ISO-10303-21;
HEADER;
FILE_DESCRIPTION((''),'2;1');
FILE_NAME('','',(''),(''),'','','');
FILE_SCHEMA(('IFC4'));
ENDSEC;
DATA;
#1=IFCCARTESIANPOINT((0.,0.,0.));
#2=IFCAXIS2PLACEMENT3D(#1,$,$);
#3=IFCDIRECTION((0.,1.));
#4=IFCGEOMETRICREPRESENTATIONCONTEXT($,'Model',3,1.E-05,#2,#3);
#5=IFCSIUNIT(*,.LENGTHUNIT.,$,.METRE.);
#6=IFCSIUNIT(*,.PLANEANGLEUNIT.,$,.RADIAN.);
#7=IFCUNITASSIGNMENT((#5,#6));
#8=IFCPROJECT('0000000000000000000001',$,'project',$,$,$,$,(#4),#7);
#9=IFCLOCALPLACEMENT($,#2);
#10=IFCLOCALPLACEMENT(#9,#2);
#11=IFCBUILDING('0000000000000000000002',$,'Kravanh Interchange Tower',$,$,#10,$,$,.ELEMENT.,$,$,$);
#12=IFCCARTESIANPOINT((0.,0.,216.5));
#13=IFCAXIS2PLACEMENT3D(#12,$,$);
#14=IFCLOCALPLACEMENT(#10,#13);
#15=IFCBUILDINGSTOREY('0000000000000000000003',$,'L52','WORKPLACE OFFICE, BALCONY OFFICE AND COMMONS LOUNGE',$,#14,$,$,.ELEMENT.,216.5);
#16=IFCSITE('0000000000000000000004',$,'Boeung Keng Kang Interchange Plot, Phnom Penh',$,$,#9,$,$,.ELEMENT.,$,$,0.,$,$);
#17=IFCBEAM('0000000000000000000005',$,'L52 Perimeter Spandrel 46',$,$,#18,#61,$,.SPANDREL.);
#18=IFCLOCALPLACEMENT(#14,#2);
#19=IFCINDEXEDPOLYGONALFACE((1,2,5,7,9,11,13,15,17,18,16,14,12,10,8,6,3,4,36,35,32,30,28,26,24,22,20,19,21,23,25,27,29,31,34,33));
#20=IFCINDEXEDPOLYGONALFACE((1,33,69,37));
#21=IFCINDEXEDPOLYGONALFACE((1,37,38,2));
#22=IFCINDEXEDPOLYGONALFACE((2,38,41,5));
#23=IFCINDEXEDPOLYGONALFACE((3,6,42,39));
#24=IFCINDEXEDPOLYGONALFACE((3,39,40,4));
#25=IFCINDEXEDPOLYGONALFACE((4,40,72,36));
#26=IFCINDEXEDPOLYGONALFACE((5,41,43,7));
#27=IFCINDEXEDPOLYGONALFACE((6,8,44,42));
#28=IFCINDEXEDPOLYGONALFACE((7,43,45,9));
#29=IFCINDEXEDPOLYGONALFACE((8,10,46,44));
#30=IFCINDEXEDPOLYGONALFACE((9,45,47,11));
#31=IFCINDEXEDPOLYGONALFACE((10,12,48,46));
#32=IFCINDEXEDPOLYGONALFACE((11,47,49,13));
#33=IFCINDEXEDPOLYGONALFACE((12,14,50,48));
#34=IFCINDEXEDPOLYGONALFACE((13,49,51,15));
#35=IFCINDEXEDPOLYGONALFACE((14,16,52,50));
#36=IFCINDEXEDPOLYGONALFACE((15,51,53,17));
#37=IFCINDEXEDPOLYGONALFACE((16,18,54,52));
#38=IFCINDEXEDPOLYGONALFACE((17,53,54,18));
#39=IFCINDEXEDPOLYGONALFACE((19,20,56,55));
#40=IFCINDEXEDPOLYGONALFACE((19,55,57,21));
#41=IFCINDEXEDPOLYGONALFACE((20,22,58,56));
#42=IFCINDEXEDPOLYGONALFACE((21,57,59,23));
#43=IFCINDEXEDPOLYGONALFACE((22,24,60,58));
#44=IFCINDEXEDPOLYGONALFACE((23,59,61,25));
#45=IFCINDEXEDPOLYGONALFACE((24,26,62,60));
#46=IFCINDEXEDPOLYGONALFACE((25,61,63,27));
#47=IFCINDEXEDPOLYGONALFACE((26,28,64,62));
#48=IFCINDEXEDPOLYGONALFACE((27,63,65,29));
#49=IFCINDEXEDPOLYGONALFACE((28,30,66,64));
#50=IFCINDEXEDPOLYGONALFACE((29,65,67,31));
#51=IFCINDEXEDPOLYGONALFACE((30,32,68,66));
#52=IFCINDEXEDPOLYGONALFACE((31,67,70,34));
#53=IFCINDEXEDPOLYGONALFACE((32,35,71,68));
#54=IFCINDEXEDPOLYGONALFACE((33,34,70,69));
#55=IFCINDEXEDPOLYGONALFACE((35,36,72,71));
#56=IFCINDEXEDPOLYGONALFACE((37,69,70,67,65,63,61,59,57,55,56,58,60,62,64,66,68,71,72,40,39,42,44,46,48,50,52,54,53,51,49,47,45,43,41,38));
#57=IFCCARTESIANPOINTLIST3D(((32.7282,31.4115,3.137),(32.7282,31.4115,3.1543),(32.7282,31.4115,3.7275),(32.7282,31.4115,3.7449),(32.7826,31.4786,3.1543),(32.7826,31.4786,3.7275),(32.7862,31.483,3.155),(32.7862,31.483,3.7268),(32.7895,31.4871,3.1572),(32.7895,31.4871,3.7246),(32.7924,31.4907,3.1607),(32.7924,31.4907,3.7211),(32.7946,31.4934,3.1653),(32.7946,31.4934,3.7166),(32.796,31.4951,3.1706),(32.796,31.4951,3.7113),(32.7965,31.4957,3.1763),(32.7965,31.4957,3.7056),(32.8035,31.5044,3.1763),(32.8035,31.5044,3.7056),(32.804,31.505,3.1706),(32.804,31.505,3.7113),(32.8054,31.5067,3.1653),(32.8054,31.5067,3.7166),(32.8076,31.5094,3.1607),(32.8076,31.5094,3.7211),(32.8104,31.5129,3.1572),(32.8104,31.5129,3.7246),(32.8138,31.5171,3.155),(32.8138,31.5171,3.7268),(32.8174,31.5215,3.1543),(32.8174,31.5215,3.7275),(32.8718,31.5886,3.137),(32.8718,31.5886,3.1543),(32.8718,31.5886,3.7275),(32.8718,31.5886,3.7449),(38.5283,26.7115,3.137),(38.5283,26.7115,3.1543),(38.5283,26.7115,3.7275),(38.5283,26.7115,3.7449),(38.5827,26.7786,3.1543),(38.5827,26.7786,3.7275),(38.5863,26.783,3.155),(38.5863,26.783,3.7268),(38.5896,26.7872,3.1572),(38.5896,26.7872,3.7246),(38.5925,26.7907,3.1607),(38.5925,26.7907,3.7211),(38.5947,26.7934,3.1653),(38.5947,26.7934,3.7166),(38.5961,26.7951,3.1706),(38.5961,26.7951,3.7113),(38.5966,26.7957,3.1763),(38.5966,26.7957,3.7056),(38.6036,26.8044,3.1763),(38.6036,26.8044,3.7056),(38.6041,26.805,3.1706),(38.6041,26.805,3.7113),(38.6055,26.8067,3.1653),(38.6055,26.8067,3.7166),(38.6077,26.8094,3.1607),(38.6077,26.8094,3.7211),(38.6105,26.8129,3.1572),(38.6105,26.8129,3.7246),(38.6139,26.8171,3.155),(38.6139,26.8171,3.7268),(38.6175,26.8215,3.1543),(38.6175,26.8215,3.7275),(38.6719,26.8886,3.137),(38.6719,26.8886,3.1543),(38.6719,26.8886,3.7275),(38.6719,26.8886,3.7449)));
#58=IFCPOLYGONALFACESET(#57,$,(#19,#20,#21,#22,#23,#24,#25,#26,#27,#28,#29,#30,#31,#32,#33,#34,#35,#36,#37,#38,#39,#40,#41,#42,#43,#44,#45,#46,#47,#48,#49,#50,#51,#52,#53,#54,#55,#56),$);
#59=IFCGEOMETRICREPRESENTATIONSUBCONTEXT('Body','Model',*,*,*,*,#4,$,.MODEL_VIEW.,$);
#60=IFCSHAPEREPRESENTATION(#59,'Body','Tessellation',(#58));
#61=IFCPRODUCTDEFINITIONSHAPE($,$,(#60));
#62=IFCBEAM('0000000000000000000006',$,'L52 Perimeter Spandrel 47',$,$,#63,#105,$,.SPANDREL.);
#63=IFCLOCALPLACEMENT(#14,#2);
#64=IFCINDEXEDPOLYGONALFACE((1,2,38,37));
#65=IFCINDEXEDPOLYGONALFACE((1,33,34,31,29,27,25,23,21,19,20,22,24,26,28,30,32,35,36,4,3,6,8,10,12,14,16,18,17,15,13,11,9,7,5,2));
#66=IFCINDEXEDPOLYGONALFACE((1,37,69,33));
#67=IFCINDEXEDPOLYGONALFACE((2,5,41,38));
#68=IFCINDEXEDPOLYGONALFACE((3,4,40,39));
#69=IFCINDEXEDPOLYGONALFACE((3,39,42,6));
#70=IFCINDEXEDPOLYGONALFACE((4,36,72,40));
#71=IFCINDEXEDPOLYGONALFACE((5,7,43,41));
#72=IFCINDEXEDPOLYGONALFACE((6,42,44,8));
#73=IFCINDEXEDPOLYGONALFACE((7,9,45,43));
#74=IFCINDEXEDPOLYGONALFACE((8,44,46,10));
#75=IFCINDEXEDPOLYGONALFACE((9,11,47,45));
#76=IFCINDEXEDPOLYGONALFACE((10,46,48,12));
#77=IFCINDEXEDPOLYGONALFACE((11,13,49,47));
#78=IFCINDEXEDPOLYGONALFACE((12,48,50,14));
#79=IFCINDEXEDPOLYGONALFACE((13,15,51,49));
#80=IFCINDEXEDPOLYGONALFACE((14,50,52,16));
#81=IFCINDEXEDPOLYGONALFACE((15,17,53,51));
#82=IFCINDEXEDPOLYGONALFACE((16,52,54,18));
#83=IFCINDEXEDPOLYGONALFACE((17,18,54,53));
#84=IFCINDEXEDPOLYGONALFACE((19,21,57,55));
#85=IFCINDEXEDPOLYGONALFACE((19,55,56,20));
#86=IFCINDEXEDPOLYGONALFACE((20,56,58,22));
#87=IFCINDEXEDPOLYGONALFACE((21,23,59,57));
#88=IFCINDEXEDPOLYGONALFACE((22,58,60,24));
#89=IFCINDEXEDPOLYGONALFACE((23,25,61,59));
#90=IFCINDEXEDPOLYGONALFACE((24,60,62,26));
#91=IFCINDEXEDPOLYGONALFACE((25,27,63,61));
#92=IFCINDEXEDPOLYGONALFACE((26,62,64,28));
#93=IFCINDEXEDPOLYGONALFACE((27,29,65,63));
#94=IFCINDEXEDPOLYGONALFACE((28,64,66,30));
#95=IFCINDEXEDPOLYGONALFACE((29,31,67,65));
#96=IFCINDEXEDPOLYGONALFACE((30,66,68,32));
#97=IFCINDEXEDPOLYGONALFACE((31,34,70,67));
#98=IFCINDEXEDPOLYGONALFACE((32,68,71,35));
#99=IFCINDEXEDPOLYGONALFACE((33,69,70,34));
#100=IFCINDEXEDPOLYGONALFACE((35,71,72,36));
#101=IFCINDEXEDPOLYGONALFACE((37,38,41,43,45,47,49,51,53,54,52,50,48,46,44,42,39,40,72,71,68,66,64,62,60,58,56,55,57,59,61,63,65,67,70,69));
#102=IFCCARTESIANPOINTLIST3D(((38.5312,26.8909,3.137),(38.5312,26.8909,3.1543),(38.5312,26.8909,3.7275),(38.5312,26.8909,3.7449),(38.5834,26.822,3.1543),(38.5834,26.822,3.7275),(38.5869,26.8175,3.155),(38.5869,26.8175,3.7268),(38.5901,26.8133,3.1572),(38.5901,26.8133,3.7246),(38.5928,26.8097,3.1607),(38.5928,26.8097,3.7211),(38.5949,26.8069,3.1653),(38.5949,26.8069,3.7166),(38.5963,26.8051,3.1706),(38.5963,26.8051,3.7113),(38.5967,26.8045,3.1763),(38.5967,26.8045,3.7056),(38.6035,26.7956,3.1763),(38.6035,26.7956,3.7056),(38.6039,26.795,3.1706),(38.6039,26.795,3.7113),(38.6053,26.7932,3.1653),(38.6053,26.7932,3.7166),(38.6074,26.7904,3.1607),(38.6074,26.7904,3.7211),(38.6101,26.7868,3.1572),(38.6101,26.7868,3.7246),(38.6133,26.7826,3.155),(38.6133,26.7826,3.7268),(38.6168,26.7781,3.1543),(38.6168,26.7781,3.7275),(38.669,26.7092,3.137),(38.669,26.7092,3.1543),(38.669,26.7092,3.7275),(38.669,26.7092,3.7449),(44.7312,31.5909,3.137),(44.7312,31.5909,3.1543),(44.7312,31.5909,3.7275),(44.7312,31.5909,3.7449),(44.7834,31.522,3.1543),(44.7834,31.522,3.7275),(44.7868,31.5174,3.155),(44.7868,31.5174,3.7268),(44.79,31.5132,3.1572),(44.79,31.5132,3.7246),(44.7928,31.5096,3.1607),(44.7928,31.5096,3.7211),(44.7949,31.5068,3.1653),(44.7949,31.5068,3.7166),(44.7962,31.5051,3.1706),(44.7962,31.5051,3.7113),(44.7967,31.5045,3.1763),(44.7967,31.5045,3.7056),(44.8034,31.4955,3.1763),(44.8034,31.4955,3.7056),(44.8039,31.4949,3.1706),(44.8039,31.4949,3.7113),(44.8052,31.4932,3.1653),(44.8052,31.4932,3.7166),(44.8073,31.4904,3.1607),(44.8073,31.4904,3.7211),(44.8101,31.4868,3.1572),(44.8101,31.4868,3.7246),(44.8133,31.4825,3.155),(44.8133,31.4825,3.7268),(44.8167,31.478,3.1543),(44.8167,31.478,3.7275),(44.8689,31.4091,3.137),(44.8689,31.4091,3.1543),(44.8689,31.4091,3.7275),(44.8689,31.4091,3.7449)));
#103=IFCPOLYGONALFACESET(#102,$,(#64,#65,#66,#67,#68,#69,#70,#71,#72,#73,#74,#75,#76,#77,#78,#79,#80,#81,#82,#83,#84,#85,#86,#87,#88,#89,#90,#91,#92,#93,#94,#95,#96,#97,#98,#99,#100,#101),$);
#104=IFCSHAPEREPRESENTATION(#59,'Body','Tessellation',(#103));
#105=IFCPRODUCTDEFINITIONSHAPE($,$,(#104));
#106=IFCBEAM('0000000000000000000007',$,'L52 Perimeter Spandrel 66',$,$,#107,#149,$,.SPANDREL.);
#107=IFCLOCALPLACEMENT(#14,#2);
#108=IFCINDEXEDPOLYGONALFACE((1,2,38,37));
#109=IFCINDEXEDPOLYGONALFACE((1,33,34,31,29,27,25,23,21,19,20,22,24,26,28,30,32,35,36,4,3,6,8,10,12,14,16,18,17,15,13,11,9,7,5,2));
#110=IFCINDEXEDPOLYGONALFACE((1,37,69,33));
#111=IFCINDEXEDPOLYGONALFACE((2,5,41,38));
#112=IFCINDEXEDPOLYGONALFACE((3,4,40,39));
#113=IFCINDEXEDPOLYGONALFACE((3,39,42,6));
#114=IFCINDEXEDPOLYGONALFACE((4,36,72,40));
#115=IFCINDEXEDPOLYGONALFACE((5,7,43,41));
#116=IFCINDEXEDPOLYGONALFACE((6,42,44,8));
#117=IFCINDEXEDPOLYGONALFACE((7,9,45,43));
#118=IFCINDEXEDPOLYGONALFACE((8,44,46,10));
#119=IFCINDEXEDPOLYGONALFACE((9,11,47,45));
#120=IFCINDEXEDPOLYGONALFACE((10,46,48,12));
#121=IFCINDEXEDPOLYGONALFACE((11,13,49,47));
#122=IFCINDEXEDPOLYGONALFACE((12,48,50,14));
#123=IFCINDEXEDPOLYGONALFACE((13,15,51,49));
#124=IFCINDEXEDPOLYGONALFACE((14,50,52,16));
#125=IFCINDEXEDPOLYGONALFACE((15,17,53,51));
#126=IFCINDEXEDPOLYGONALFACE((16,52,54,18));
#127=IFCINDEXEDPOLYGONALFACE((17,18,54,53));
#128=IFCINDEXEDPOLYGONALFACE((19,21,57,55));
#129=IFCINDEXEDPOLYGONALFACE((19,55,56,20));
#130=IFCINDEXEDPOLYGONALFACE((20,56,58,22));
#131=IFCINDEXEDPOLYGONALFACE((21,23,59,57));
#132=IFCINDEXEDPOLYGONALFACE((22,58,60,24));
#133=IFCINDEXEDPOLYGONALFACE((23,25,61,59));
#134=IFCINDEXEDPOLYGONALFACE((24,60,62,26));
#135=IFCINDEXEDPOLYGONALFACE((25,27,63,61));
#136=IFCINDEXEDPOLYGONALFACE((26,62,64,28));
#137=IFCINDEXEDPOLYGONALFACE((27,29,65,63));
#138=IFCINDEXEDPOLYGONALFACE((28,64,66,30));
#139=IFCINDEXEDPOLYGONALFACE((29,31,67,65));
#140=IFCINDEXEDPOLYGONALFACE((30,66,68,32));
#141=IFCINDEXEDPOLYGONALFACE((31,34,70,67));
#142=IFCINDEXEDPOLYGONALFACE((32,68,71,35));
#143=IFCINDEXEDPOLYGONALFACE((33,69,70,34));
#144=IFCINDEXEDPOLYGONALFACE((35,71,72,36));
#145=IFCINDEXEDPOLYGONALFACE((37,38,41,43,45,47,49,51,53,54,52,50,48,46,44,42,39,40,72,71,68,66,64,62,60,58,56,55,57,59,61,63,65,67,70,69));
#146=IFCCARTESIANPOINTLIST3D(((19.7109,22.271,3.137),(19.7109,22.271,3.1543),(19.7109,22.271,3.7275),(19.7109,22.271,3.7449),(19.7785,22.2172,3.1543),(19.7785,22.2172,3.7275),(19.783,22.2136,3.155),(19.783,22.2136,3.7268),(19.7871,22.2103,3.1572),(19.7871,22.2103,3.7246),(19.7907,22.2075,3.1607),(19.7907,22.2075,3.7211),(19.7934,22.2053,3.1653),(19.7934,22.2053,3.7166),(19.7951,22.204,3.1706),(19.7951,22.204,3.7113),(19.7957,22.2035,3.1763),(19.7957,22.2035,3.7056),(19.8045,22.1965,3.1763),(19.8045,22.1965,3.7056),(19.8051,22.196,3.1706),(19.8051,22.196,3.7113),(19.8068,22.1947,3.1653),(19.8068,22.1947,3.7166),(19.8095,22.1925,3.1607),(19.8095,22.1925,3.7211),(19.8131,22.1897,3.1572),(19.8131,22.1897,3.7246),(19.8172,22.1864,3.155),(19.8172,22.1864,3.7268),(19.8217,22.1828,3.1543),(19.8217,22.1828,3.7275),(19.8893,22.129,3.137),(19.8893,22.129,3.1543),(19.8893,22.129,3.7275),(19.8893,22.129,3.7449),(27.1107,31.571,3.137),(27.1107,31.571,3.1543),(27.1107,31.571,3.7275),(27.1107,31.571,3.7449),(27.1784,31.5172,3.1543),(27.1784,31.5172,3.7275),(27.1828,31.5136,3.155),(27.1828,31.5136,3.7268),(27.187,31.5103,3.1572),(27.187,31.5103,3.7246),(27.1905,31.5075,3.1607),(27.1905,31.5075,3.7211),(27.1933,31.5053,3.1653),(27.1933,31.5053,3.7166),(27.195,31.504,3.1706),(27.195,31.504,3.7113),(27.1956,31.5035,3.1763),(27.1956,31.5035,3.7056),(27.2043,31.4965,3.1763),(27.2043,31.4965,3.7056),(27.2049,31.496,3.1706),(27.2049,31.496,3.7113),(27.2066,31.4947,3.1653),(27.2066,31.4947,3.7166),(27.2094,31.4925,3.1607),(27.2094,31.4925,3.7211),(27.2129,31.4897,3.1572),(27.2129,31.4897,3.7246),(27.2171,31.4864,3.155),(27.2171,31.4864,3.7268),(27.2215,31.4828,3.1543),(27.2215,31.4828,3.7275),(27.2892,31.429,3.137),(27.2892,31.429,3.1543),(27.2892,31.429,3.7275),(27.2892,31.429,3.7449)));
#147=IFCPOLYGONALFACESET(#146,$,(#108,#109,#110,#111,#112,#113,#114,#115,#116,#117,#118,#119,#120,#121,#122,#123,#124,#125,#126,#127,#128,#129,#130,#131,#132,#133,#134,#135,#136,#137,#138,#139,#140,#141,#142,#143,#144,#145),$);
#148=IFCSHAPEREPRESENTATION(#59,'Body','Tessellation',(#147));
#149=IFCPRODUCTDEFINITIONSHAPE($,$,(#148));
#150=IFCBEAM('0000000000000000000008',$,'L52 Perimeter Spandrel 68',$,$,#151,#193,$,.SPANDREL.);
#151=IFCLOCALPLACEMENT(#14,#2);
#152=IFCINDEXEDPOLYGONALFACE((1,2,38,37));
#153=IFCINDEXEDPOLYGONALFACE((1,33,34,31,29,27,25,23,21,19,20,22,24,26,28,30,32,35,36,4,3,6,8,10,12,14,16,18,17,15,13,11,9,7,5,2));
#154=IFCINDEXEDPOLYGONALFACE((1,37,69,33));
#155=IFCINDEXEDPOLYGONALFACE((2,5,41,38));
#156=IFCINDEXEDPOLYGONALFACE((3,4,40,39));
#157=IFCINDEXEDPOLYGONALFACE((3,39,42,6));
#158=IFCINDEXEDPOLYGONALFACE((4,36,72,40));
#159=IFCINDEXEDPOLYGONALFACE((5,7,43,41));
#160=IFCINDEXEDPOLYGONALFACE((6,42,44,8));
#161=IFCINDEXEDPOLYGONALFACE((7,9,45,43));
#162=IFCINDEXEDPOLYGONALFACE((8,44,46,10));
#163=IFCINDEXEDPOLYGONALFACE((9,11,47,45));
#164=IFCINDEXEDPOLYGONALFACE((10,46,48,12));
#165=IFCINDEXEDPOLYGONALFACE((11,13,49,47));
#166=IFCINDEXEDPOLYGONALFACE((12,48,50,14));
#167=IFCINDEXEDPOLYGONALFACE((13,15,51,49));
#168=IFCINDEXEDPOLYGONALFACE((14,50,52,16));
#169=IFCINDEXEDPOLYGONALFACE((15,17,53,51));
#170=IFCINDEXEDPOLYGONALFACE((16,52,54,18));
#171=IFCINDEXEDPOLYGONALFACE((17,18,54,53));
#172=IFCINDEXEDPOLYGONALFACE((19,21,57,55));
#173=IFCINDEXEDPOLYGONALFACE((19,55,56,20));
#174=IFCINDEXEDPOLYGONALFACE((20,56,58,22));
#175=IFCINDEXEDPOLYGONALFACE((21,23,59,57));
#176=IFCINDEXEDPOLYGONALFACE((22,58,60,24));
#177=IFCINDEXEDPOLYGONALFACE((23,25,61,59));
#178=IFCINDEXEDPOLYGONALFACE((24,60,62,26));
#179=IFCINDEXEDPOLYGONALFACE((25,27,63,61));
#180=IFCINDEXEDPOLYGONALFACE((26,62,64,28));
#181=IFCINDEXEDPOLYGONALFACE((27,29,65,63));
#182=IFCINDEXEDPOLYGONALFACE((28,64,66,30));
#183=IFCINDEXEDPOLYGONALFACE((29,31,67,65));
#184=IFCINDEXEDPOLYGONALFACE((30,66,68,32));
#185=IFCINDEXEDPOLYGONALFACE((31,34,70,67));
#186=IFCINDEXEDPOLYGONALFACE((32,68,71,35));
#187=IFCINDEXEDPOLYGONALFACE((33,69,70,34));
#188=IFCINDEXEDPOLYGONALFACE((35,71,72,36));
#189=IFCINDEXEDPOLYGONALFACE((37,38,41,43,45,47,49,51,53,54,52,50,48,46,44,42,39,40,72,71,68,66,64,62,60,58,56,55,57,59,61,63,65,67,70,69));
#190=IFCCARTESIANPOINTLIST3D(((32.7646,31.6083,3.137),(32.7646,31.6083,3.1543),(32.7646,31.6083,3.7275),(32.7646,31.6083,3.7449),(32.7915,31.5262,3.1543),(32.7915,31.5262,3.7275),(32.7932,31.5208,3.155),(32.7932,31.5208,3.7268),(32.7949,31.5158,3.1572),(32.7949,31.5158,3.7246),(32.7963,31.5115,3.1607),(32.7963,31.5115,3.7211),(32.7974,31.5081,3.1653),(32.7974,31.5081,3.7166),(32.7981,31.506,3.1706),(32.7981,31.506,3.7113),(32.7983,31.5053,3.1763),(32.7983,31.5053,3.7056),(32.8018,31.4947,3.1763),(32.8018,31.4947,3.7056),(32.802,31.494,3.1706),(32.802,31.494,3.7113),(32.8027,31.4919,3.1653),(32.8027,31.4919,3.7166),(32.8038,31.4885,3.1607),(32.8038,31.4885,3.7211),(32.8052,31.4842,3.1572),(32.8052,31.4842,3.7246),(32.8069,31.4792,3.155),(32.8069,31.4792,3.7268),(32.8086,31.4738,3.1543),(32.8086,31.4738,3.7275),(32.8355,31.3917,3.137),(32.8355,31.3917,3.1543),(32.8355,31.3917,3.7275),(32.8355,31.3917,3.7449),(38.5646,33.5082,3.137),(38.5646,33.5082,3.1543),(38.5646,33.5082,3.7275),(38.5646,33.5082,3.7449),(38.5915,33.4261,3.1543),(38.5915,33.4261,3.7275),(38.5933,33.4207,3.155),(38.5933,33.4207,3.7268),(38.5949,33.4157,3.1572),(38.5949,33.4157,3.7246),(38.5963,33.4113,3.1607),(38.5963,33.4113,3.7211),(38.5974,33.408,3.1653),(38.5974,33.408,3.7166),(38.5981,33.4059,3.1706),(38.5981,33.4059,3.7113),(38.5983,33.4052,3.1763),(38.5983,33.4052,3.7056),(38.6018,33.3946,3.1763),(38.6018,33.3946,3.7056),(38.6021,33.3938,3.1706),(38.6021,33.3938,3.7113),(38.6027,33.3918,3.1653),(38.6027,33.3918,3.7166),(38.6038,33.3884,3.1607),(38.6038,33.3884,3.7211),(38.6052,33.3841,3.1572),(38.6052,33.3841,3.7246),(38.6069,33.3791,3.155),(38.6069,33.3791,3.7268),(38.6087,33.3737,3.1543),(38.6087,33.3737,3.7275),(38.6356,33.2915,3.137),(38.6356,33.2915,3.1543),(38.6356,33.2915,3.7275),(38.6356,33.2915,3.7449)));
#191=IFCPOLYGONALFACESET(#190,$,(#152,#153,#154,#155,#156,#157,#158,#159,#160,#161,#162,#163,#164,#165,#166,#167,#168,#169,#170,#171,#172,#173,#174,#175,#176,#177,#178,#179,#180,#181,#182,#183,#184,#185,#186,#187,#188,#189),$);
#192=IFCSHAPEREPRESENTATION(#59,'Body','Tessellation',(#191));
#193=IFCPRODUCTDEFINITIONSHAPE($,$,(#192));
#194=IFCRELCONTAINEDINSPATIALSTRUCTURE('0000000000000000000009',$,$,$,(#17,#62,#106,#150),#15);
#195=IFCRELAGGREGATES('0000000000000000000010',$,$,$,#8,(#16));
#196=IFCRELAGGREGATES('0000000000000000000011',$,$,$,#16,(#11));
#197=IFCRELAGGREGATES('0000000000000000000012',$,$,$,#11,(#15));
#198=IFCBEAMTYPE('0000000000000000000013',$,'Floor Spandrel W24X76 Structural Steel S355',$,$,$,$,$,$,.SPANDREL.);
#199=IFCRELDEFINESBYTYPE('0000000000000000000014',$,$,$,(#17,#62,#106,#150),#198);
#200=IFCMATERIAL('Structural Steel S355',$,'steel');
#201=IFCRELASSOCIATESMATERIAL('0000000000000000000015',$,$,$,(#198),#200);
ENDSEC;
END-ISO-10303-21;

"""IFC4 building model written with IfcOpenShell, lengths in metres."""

from ifc_helpers import new_model, si_unit, direction, frame, origin, origin_2d, place, context, subcontext, project, spatial, i_section, extrude, material, material_profile, profile_set, type_object, element, save


model = new_model("IFC4")

# Units and contexts
model_context = context("Model", 3, precision=1e-05, world=origin(), true_north=direction((0.0, 1.0)))
body_context = subcontext(model_context, "Body", "Model", "MODEL_VIEW")
ifc_project = project(units=[si_unit("LENGTHUNIT", "METRE"), si_unit("PLANEANGLEUNIT", "RADIAN")], contexts=[model_context])

# Site, building, storey
site_placement = place(None, origin())
site = spatial("IfcSite", under=ifc_project, at=site_placement, Name="Boeung Keng Kang Interchange Plot, Phnom Penh", CompositionType="ELEMENT", RefElevation=0.0)
building_placement = place(site_placement, origin())
building = spatial("IfcBuilding", under=site, at=building_placement, Name="Kravanh Interchange Tower", CompositionType="ELEMENT")
storey_placement = place(building_placement, frame((0.0, 0.0, 216.5)))
storey = spatial("IfcBuildingStorey", under=building, at=storey_placement, Name="L52", Description="WORKPLACE OFFICE, BALCONY OFFICE AND COMMONS LOUNGE", CompositionType="ELEMENT", Elevation=216.5)

# Beams
ifc_material_1 = material(Name="Structural Steel S355", Category="steel")
ifc_material_profile_1 = material_profile(ifc_material_1, i_section(OverallWidth=0.228, OverallDepth=0.6079, WebThickness=0.0112, FlangeThickness=0.0173, FilletRadius=0.022, at=origin_2d()), Name="W24X76")
ifc_profile_set_1 = profile_set([ifc_material_profile_1], Name="Structural Steel S355")
beam_type_1 = type_object("IfcBeamType", Name="Floor Spandrel W24X76 Structural Steel S355", PredefinedType="SPANDREL", material=ifc_profile_set_1)
beam_1_placement = place(storey_placement, frame((38.6001, 26.8, 3.4409), z_axis=(-0.776939, 0.629576, 0.0), x_axis=(-0.629576, -0.776939, 0.0)))
element("IfcBeam", 1, at=beam_1_placement, inside=storey, type_object=beam_type_1, Name="L52 Perimeter Spandrel 46", PredefinedType="SPANDREL", context=body_context, shape_type="SweptSolid", body=[
    extrude(i_section(OverallWidth=0.228, OverallDepth=0.6079, WebThickness=0.0112, FlangeThickness=0.0173, FilletRadius=0.022, at=origin_2d()), origin(), (0.0, 0.0, 1.0), 7.4653),
])
beam_2_placement = place(storey_placement, frame((38.6001, 26.8, 3.4409), z_axis=(0.796905, 0.604104, 0.0), x_axis=(-0.604104, 0.796905, 0.0)))
element("IfcBeam", 2, at=beam_2_placement, inside=storey, type_object=beam_type_1, Name="L52 Perimeter Spandrel 47", PredefinedType="SPANDREL", context=body_context, shape_type="SweptSolid", body=[
    extrude(i_section(OverallWidth=0.228, OverallDepth=0.6079, WebThickness=0.0112, FlangeThickness=0.0173, FilletRadius=0.022, at=origin_2d()), origin(), (0.0, 0.0, 1.0), 7.78),
])
beam_3_placement = place(storey_placement, frame((27.2, 31.5, 3.4409), z_axis=(-0.622634, -0.782513, 0.0), x_axis=(0.782513, -0.622634, 0.0)))
element("IfcBeam", 3, at=beam_3_placement, inside=storey, type_object=beam_type_1, Name="L52 Perimeter Spandrel 66", PredefinedType="SPANDREL", context=body_context, shape_type="SweptSolid", body=[
    extrude(i_section(OverallWidth=0.228, OverallDepth=0.6079, WebThickness=0.0112, FlangeThickness=0.0173, FilletRadius=0.022, at=origin_2d()), origin(), (0.0, 0.0, 1.0), 11.8848),
])
beam_4_placement = place(storey_placement, frame((32.8, 31.5, 3.4409), z_axis=(0.950315, 0.311291, 0.0), x_axis=(-0.311291, 0.950315, 0.0)))
element("IfcBeam", 4, at=beam_4_placement, inside=storey, type_object=beam_type_1, Name="L52 Perimeter Spandrel 68", PredefinedType="SPANDREL", context=body_context, shape_type="SweptSolid", body=[
    extrude(i_section(OverallWidth=0.228, OverallDepth=0.6079, WebThickness=0.0112, FlangeThickness=0.0173, FilletRadius=0.022, at=origin_2d()), origin(), (0.0, 0.0, 1.0), 6.1033),
])

save(model, "model.ifc")
